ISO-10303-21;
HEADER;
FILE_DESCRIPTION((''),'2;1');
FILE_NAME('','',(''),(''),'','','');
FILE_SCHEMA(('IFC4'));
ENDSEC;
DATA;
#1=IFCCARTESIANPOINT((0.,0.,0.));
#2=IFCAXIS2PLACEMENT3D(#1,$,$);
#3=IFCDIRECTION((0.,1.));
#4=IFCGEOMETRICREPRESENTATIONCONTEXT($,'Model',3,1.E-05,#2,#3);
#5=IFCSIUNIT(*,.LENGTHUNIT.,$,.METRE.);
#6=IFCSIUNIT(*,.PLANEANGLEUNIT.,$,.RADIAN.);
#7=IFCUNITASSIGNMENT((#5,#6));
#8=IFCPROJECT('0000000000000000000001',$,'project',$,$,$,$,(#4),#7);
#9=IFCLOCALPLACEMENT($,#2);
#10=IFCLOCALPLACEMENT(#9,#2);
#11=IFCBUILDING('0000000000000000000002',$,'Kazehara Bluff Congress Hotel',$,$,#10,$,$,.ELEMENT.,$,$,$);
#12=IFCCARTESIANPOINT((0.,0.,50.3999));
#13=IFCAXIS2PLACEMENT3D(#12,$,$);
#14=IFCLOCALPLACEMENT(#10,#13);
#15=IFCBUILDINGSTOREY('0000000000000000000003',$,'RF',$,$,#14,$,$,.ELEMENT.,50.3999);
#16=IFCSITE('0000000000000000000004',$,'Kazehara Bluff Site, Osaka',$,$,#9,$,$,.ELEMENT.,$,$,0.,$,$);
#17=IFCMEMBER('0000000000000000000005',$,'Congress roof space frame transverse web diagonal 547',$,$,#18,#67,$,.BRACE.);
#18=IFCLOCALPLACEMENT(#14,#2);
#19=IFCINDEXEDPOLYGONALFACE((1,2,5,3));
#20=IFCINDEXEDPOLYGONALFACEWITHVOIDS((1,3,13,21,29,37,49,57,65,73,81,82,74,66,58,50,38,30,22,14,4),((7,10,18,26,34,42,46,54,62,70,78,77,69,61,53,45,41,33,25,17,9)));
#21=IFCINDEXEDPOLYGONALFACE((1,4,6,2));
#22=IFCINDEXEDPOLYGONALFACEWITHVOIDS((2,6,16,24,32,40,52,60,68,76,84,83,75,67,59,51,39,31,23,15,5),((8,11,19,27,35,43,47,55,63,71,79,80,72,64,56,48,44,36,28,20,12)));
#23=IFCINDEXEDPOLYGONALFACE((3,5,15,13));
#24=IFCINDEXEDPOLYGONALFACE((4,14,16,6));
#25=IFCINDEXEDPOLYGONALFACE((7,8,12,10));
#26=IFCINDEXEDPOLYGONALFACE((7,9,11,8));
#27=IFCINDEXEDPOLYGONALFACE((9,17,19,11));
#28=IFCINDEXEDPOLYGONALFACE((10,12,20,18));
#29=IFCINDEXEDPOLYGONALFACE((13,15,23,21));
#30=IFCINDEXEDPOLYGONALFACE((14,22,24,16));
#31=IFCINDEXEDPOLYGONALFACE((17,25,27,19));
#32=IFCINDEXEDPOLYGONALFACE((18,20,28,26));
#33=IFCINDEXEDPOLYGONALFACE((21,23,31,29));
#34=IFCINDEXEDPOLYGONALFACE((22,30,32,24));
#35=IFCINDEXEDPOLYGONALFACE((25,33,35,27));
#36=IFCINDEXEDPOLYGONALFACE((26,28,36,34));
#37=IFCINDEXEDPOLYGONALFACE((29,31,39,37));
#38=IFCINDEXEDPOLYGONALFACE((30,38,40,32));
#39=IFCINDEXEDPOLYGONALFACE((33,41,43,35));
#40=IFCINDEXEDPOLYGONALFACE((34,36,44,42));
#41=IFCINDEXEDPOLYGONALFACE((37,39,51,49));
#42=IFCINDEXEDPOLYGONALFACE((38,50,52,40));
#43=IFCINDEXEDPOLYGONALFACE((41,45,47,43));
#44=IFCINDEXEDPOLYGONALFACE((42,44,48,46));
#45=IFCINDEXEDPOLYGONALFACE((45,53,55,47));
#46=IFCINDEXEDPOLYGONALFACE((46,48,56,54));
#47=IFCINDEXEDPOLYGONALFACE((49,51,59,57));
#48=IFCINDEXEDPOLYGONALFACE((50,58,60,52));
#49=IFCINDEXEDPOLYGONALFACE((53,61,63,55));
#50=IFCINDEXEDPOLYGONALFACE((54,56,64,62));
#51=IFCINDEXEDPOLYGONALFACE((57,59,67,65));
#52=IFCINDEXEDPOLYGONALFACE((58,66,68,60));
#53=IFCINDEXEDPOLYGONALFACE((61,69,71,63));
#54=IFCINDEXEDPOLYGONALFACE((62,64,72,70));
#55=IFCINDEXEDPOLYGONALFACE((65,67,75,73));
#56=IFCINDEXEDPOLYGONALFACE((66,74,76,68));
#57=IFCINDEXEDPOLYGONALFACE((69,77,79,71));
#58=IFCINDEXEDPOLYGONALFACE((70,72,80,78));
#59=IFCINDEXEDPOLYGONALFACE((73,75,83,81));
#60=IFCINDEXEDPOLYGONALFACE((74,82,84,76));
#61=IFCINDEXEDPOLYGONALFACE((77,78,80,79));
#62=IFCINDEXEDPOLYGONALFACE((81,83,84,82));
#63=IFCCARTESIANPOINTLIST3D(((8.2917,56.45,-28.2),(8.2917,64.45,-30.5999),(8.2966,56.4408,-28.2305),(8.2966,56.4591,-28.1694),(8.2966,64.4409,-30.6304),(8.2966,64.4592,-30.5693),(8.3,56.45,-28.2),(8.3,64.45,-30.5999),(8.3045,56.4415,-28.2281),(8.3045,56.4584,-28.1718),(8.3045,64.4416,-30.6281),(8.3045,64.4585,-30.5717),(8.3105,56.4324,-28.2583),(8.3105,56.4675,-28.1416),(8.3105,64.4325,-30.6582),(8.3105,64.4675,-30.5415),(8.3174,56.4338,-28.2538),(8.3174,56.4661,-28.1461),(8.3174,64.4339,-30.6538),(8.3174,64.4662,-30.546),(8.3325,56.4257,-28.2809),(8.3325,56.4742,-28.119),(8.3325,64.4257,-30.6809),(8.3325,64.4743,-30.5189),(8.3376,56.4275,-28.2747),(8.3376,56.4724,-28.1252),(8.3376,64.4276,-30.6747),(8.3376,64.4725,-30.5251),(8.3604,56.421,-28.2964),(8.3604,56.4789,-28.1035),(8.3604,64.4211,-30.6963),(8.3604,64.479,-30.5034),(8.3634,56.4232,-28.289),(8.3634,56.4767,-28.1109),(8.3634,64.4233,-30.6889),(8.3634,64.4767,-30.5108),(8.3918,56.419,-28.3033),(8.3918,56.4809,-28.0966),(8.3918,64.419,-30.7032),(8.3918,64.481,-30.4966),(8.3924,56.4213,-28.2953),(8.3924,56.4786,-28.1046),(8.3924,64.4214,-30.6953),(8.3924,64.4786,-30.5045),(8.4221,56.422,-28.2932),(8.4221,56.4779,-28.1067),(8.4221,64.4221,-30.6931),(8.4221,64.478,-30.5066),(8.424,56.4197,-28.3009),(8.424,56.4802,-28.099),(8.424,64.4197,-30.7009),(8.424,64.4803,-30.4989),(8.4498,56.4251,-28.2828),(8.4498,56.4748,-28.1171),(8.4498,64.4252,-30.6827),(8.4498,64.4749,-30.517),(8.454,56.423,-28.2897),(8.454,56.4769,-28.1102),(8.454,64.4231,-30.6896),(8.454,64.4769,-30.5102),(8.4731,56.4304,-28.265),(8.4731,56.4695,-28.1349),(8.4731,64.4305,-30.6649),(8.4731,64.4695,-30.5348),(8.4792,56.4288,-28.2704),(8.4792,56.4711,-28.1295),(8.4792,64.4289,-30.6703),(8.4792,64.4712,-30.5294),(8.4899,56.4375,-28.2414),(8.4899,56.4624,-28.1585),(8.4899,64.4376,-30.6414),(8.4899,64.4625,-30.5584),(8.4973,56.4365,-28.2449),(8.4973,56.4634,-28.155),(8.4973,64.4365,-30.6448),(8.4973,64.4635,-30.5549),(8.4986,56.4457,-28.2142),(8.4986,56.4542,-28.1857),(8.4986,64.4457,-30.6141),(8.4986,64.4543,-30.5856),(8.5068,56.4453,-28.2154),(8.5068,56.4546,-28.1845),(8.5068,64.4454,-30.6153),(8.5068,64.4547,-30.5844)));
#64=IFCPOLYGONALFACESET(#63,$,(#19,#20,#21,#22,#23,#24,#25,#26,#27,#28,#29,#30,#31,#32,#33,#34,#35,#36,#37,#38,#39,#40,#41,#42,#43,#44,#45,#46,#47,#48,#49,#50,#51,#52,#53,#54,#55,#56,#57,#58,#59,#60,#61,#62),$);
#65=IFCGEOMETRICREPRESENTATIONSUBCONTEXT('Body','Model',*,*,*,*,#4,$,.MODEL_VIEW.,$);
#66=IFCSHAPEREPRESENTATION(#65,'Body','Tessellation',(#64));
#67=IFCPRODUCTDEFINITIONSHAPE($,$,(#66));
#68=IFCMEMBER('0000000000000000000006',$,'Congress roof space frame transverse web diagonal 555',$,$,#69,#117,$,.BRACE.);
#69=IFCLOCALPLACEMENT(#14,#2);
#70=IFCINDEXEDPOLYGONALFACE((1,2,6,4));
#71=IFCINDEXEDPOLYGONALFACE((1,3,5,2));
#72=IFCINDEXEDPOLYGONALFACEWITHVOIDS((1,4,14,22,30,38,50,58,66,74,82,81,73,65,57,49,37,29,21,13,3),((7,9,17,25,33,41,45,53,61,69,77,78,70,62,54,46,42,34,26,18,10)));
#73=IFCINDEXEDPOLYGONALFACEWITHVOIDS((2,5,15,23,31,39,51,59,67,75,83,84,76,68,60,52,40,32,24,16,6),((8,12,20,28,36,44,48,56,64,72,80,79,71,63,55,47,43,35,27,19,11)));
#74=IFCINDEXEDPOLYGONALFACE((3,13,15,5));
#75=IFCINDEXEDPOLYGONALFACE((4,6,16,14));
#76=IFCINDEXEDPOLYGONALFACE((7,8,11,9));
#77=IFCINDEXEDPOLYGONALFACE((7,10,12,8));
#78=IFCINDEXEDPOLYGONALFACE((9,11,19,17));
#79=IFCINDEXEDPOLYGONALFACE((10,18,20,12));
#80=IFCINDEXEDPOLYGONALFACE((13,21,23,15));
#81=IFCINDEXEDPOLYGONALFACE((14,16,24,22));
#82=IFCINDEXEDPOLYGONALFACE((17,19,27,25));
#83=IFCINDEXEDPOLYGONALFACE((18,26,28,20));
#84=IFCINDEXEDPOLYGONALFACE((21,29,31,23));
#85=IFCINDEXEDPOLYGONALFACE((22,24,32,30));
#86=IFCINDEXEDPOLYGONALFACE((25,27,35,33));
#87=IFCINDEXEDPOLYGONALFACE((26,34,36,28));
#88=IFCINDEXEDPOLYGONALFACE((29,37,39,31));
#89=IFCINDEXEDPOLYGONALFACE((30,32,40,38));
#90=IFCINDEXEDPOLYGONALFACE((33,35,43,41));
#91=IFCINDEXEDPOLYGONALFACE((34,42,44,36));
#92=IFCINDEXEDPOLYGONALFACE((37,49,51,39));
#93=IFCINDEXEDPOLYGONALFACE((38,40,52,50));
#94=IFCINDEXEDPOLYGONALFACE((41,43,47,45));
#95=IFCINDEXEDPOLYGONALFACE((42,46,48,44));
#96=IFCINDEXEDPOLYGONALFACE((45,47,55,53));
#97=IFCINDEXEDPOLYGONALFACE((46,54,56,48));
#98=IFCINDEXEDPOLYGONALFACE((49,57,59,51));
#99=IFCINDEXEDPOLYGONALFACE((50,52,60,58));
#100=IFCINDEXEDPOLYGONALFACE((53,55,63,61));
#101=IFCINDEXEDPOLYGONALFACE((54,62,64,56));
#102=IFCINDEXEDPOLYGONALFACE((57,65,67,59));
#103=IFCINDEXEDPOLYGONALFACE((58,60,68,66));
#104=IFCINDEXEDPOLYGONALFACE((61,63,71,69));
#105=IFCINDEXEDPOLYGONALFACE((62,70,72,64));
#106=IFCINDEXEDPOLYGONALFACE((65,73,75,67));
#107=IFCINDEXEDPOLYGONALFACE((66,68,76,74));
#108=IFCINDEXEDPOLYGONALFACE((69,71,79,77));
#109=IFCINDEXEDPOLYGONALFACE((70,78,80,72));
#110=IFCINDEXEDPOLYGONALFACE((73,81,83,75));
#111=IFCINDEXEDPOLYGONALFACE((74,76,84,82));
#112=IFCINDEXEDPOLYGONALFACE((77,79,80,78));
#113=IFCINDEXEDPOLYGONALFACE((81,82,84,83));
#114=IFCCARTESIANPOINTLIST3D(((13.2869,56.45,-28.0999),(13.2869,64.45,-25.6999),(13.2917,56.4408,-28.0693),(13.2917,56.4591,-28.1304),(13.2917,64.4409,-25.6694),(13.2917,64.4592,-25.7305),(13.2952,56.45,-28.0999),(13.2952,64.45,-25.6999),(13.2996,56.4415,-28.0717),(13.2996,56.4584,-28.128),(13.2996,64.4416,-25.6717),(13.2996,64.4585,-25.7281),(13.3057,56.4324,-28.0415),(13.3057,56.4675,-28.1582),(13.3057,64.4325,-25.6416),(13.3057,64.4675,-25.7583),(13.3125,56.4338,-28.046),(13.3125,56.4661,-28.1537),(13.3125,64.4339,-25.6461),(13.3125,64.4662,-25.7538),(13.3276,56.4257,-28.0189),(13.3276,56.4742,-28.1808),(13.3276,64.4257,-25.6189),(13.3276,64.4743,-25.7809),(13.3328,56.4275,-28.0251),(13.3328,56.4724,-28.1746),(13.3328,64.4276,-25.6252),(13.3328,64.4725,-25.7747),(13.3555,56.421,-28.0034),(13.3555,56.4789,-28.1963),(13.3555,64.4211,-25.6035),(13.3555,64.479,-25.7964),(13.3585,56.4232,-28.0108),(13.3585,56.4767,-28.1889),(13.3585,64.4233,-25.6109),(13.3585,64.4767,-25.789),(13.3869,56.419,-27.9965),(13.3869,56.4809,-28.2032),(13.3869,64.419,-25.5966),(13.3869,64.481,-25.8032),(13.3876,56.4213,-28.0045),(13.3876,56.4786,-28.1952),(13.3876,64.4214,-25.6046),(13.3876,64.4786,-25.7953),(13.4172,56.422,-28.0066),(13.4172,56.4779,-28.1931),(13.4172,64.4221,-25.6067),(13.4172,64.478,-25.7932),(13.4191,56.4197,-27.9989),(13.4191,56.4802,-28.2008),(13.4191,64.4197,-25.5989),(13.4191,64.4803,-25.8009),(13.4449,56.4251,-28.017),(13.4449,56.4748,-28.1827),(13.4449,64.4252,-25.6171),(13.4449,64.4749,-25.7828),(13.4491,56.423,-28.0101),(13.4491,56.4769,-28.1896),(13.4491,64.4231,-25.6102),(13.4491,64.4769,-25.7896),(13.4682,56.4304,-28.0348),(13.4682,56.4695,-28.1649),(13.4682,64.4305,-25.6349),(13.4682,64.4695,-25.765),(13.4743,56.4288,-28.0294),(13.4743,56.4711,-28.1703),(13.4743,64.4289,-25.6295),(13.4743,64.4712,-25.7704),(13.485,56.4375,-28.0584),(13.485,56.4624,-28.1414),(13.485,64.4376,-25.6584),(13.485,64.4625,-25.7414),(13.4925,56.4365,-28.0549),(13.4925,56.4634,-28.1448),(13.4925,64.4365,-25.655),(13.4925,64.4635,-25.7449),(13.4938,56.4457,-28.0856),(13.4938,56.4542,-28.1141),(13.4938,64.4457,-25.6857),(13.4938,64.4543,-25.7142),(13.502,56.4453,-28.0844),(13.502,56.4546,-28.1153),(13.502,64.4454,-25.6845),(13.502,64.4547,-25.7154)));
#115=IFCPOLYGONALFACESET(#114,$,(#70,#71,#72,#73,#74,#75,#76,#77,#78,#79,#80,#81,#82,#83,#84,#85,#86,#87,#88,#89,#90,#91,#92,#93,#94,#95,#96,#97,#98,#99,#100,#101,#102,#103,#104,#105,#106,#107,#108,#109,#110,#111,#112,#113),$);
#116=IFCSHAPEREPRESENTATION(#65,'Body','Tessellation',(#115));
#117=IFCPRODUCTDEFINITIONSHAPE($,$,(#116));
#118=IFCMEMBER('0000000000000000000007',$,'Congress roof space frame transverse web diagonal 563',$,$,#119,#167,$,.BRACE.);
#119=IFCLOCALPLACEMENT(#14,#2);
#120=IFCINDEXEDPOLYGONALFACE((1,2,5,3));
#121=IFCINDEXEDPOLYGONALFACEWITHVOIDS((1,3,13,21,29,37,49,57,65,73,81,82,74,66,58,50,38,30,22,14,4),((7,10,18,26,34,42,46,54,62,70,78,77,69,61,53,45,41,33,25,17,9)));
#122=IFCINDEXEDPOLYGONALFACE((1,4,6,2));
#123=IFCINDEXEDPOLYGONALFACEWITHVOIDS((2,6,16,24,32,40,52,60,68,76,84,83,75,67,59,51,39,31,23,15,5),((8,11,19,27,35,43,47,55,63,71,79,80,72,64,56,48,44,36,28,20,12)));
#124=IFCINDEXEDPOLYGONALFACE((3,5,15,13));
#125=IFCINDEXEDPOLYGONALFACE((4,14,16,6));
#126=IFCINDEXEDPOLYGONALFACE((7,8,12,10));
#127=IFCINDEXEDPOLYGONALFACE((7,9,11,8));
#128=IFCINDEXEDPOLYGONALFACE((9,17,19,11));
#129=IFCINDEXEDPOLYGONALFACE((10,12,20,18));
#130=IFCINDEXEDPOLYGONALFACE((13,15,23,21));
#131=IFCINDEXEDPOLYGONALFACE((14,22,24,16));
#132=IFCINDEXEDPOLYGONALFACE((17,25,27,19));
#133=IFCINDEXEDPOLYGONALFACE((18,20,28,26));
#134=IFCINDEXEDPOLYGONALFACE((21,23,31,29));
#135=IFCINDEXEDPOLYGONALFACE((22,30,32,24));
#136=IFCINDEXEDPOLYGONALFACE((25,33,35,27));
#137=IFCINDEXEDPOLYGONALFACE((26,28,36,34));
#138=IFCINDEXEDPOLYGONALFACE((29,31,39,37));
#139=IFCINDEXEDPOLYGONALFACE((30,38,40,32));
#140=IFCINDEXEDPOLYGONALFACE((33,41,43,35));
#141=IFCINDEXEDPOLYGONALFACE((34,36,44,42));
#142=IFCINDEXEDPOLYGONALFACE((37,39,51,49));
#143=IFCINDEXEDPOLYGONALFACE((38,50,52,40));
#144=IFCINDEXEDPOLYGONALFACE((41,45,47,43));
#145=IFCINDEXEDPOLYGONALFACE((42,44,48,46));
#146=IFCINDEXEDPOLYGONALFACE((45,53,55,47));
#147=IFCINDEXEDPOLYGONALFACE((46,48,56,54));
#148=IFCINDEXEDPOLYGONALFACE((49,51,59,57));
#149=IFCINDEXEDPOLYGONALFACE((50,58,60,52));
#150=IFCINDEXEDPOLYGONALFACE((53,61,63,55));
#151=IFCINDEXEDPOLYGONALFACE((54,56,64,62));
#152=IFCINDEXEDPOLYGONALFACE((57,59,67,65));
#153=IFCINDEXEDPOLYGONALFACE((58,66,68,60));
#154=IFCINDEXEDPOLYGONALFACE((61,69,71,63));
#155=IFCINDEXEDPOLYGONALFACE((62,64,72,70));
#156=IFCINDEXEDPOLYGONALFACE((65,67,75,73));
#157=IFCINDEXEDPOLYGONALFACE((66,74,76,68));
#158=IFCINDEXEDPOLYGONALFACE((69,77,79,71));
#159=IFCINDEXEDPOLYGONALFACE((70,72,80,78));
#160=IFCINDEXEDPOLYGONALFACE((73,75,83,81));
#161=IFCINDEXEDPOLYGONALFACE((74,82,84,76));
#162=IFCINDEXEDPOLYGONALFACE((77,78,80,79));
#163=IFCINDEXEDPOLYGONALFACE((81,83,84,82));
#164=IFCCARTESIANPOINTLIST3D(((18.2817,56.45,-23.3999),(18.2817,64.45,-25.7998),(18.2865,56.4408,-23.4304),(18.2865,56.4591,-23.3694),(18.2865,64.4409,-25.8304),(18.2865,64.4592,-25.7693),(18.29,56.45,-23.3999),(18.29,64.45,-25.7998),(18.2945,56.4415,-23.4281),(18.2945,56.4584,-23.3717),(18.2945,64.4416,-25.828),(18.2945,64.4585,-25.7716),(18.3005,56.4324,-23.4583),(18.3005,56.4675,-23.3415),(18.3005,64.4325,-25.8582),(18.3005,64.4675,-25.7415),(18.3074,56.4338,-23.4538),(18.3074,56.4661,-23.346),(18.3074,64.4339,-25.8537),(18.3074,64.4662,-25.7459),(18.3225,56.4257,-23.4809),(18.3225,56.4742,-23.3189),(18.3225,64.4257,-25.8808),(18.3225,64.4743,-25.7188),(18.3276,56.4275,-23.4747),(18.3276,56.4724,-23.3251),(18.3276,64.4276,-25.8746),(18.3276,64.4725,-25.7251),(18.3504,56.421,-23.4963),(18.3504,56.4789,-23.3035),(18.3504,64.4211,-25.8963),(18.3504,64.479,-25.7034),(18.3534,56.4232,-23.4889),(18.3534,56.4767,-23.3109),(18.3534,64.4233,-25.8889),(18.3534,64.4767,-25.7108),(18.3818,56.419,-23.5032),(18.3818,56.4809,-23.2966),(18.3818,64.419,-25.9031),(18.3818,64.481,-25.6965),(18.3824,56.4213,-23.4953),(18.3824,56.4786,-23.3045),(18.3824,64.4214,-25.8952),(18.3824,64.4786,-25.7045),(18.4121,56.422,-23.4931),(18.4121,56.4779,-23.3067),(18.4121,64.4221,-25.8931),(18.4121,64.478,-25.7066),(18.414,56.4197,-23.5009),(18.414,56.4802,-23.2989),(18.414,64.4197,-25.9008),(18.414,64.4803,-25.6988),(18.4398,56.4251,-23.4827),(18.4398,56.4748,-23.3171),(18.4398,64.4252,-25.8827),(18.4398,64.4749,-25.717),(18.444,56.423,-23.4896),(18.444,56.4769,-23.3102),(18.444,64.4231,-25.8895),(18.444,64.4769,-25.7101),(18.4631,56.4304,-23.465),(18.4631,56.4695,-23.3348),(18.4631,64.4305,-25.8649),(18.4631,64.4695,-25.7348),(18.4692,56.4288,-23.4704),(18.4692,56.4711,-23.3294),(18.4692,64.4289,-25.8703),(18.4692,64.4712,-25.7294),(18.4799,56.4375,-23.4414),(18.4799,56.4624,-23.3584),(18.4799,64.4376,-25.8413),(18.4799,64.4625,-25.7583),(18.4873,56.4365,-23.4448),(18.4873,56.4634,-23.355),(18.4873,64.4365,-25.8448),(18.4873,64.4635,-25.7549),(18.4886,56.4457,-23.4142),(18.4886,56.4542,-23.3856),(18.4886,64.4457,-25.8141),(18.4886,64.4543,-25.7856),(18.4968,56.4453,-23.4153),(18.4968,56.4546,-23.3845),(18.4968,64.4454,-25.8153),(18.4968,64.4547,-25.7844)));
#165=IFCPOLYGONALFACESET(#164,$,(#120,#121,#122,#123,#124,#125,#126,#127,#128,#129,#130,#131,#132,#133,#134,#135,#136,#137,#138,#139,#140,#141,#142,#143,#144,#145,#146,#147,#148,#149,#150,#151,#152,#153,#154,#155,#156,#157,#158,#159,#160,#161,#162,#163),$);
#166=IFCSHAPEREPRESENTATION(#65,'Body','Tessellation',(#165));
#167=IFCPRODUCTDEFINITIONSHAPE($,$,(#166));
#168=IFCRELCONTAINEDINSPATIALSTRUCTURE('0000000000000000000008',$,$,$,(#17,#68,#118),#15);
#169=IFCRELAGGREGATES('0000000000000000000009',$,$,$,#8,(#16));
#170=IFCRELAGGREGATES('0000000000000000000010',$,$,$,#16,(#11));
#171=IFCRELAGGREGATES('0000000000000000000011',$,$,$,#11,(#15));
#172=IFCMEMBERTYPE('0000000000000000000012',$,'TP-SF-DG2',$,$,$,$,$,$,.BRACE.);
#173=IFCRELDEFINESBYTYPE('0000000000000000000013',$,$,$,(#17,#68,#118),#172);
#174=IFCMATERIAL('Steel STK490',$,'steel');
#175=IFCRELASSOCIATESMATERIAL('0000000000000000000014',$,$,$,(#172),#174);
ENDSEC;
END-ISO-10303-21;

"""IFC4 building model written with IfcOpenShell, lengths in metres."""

from ifc_helpers import new_model, si_unit, direction, frame, origin, origin_2d, place, context, subcontext, project, spatial, hollow_circle, extrude, material, material_profile, profile_set, type_object, element, save


model = new_model("IFC4")

# Units and contexts
model_context = context("Model", 3, precision=1e-05, world=origin(), true_north=direction((0.0, 1.0)))
body_context = subcontext(model_context, "Body", "Model", "MODEL_VIEW")
ifc_project = project(units=[si_unit("LENGTHUNIT", "METRE"), si_unit("PLANEANGLEUNIT", "RADIAN")], contexts=[model_context])

# Site, building, storey
site_placement = place(None, origin())
site = spatial("IfcSite", under=ifc_project, at=site_placement, Name="Kazehara Bluff Site, Osaka", CompositionType="ELEMENT", RefElevation=0.0)
building_placement = place(site_placement, origin())
building = spatial("IfcBuilding", under=site, at=building_placement, Name="Kazehara Bluff Congress Hotel", CompositionType="ELEMENT")
storey_placement = place(building_placement, frame((0.0, 0.0, 50.3999)))
storey = spatial("IfcBuildingStorey", under=building, at=storey_placement, Name="RF", CompositionType="ELEMENT", Elevation=50.3999)

# Members
ifc_material_1 = material(Name="Steel STK490", Category="steel")
ifc_material_profile_1 = material_profile(ifc_material_1, hollow_circle(Radius=0.1082, WallThickness=0.0083, at=origin_2d()))
ifc_profile_set_1 = profile_set([ifc_material_profile_1], Name="Steel STK490")
member_type_1 = type_object("IfcMemberType", Name="TP-SF-DG2", PredefinedType="BRACE", material=ifc_profile_set_1)
for number, where, z_axis, x_axis, name in (
    (1, (8.3999, 56.45, -28.2), (0.0, 0.95783, -0.287337), (-1.0, 0.0, 0.0), "Congress roof space frame transverse web diagonal 547"),
    (2, (13.395, 56.45, -28.0999), (0.0, 0.95783, 0.287337), (-1.0, 0.0, 0.0), "Congress roof space frame transverse web diagonal 555"),
    (3, (18.3899, 56.45, -23.3999), (0.0, 0.95783, -0.287337), (-1.0, 0.0, 0.0), "Congress roof space frame transverse web diagonal 563"),
):
    element("IfcMember", number, at=place(storey_placement, frame(where, z_axis=z_axis, x_axis=x_axis)), inside=storey, type_object=member_type_1, Name=name, PredefinedType="BRACE", context=body_context, shape_type="SweptSolid", body=[
        extrude(hollow_circle(Radius=0.1082, WallThickness=0.0083, at=origin_2d()), origin(), (0.0, 0.0, 1.0), 8.3523),
    ])

save(model, "model.ifc")
